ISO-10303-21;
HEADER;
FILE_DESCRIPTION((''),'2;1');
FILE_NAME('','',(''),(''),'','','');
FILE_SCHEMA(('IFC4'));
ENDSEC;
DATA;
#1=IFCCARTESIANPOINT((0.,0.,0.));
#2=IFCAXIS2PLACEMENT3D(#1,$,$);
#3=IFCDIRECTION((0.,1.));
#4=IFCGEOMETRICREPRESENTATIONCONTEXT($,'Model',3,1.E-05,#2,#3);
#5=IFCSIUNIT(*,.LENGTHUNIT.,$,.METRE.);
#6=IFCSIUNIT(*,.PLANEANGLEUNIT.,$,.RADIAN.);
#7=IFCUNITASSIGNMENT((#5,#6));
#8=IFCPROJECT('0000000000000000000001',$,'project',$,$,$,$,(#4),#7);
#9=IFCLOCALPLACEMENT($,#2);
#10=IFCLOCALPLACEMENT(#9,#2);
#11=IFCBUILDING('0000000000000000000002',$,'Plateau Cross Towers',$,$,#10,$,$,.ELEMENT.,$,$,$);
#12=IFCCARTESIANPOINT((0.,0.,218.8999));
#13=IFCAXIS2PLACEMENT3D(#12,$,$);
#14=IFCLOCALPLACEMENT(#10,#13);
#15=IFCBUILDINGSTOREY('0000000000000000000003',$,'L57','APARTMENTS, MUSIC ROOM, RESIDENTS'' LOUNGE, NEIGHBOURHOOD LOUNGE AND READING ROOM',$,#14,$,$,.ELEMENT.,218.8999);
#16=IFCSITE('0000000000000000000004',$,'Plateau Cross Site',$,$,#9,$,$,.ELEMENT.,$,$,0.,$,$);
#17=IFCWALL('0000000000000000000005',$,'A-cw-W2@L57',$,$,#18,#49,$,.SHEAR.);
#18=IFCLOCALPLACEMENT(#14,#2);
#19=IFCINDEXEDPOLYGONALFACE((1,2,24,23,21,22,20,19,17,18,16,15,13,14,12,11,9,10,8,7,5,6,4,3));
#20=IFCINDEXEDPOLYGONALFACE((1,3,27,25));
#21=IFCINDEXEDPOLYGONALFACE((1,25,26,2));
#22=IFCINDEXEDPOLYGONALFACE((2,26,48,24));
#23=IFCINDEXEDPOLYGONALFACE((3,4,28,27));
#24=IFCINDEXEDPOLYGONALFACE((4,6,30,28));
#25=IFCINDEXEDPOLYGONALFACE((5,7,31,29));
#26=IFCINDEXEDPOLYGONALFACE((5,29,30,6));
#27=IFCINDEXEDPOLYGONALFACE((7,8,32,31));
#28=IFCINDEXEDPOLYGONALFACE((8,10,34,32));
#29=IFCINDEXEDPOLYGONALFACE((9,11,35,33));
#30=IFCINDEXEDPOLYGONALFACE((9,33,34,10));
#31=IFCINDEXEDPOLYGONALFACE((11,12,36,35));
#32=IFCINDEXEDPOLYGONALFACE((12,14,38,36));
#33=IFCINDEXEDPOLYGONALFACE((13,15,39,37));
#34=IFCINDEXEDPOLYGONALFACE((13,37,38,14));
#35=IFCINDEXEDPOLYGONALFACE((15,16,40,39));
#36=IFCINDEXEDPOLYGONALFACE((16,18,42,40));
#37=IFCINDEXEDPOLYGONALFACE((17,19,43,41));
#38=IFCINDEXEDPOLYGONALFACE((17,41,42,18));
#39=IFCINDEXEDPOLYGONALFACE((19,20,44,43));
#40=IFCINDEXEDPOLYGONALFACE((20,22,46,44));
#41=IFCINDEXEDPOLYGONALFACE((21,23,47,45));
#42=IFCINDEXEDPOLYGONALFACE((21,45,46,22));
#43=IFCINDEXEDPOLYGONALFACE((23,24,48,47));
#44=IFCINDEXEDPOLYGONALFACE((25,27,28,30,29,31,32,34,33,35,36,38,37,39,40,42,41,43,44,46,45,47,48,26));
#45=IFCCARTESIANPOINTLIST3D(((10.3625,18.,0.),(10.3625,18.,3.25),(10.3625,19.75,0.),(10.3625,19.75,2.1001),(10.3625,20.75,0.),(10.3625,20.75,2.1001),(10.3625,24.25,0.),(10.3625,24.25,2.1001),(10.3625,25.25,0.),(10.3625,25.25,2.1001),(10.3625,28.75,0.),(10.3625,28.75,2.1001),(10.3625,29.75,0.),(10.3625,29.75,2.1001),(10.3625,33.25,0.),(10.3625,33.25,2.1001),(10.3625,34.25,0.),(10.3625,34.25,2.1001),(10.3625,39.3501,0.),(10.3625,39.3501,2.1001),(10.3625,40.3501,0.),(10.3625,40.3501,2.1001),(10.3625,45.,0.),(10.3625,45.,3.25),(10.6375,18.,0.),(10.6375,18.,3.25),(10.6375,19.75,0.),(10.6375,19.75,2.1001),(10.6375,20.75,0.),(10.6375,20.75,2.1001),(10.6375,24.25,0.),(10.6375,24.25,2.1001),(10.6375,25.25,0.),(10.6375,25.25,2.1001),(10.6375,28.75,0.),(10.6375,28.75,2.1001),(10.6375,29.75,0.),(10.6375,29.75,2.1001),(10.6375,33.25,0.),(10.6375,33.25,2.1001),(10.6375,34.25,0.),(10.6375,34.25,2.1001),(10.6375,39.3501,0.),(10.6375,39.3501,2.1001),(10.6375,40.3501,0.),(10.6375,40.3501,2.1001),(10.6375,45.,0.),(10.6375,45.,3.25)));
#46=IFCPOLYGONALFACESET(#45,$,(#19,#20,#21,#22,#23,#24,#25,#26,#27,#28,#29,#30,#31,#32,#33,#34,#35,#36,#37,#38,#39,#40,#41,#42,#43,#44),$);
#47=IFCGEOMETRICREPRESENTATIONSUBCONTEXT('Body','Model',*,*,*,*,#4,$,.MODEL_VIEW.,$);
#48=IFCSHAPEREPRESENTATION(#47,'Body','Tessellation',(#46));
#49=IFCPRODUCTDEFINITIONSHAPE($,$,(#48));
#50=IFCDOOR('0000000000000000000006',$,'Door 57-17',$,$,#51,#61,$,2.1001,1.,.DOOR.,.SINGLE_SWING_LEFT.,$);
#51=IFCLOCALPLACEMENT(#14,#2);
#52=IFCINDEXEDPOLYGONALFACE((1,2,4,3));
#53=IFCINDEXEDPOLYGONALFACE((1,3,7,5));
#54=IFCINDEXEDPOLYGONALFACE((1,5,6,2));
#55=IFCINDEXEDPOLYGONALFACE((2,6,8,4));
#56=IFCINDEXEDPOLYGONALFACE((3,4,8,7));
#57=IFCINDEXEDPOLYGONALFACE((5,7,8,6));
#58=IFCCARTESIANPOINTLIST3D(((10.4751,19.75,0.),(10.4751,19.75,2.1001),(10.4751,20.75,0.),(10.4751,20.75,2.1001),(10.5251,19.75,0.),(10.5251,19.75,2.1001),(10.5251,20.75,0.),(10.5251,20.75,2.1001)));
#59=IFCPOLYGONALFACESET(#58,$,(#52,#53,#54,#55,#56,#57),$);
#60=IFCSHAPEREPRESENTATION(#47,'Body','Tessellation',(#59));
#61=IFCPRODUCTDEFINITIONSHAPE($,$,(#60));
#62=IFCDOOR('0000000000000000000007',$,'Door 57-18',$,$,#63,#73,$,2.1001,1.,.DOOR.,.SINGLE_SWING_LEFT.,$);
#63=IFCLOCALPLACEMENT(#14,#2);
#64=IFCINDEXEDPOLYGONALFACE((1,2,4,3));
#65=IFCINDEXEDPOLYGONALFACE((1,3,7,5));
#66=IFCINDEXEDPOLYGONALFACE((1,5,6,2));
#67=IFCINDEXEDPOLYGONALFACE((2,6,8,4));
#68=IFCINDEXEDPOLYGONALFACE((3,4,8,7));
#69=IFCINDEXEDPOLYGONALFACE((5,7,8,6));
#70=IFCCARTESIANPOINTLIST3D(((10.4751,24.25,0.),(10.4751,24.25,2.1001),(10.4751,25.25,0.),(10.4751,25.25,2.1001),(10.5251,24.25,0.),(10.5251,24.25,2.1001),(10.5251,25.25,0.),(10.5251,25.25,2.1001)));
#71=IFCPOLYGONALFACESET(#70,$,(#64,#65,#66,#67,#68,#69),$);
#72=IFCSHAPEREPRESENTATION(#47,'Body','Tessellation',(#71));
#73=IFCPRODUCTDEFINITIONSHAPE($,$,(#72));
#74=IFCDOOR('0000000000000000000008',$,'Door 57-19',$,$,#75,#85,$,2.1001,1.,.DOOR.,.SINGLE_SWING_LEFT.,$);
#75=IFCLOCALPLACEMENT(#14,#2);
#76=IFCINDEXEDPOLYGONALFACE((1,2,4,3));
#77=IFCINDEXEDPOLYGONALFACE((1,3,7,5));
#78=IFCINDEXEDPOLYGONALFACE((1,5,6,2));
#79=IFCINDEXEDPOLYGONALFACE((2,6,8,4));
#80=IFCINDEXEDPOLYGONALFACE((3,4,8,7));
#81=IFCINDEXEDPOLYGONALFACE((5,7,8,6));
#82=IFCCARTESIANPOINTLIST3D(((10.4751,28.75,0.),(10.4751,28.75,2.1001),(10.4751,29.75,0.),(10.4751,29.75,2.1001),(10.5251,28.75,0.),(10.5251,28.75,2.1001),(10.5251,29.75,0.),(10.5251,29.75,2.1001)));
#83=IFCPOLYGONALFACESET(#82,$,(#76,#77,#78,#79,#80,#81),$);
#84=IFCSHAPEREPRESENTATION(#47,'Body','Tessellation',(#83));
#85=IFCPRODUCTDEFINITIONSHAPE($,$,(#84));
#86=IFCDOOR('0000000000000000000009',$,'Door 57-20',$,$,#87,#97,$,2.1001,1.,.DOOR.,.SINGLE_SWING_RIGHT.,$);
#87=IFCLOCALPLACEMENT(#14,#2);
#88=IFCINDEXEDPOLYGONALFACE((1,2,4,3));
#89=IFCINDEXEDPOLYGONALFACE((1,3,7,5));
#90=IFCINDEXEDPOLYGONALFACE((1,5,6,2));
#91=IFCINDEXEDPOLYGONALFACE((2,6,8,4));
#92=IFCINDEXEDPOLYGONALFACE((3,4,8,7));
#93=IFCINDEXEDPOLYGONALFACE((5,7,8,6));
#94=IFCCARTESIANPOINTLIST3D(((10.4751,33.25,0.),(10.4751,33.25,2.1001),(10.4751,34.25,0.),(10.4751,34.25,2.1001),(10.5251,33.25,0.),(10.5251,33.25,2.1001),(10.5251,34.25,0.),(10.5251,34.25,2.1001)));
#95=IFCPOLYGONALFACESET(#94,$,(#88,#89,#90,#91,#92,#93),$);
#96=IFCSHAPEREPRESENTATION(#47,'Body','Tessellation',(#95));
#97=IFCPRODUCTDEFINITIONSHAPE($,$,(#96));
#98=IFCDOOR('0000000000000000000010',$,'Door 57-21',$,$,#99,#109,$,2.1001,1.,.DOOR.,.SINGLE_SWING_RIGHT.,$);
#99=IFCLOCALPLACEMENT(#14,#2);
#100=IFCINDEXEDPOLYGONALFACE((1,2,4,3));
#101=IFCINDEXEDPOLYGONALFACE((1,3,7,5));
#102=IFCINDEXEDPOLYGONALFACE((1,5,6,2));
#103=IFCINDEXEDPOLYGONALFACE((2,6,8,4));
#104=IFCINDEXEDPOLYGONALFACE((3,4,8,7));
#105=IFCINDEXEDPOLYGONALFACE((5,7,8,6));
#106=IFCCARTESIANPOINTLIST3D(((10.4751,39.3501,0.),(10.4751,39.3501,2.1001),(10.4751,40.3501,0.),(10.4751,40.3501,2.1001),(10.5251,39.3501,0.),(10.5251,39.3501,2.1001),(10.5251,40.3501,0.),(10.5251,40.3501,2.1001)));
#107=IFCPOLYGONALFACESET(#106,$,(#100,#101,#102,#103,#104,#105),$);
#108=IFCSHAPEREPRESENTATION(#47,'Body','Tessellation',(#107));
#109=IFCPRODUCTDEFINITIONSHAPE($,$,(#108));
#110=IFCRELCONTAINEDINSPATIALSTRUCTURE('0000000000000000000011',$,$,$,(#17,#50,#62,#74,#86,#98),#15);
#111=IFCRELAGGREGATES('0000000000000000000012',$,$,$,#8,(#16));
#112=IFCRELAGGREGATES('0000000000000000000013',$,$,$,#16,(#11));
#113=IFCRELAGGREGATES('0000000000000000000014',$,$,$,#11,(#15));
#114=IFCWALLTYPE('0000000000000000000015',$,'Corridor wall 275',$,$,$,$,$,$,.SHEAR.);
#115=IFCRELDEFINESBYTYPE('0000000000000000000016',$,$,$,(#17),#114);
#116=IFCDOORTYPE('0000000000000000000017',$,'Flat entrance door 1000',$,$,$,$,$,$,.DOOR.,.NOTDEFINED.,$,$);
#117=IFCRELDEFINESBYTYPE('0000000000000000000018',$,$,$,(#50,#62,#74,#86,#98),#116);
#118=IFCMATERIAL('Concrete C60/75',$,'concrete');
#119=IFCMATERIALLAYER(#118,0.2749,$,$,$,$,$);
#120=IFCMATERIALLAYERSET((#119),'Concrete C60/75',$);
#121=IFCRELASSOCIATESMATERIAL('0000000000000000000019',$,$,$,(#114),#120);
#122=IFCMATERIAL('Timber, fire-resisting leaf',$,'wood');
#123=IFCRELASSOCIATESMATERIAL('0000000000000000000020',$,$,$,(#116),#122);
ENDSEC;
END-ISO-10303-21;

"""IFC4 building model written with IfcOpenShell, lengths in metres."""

from ifc_helpers import new_model, si_unit, direction, frame, frame_2d, origin, place, context, subcontext, project, spatial, rectangle, extrude, material, layer, layer_set, type_object, element, fill, save


model = new_model("IFC4")

# Units and contexts
model_context = context("Model", 3, precision=1e-05, world=origin(), true_north=direction((0.0, 1.0)))
body_context = subcontext(model_context, "Body", "Model", "MODEL_VIEW")
ifc_project = project(units=[si_unit("LENGTHUNIT", "METRE"), si_unit("PLANEANGLEUNIT", "RADIAN")], contexts=[model_context])

# Site, building, storey
site_placement = place(None, origin())
site = spatial("IfcSite", under=ifc_project, at=site_placement, Name="Plateau Cross Site", CompositionType="ELEMENT", RefElevation=0.0)
building_placement = place(site_placement, origin())
building = spatial("IfcBuilding", under=site, at=building_placement, Name="Plateau Cross Towers", CompositionType="ELEMENT")
storey_placement = place(building_placement, frame((0.0, 0.0, 218.8999)))
storey = spatial("IfcBuildingStorey", under=building, at=storey_placement, Name="L57", Description="APARTMENTS, MUSIC ROOM, RESIDENTS' LOUNGE, NEIGHBOURHOOD LOUNGE AND READING ROOM", CompositionType="ELEMENT", Elevation=218.8999)

# Wall, openings, doors
ifc_material_1 = material(Name="Concrete C60/75", Category="concrete")
ifc_layer_1 = layer(ifc_material_1, 0.2749)
ifc_layer_set_1 = layer_set([ifc_layer_1], Name="Concrete C60/75")
wall_type_1 = type_object("IfcWallType", Name="Corridor wall 275", PredefinedType="SHEAR", material=ifc_layer_set_1)
ifc_material_2 = material(Name="Timber, fire-resisting leaf", Category="wood")
door_type_1 = type_object("IfcDoorType", Name="Flat entrance door 1000", OperationType="NOTDEFINED", PredefinedType="DOOR", material=ifc_material_2)
wall_1_placement = place(storey_placement, frame((10.5, 18.0, 0.0), z_axis=(0.0, 0.0, 1.0), x_axis=(0.0, 1.0, 0.0)))
wall_1 = element("IfcWall", 1, at=wall_1_placement, inside=storey, type_object=wall_type_1, Name="A-cw-W2@L57", PredefinedType="SHEAR", context=body_context, shape_type="SweptSolid", body=[
    extrude(rectangle(XDim=27.0, YDim=0.2749, at=frame_2d((13.5, 0.0))), origin(), (0.0, 0.0, 1.0), 3.25),
])
opening_1_placement = place(wall_1_placement, frame((1.75, 0.0, 0.0)))
opening_1 = element("IfcOpeningElement", 2, at=opening_1_placement, cuts=wall_1, PredefinedType="OPENING", context=body_context, shape_type="SweptSolid", body=[
    extrude(rectangle(XDim=1.0, YDim=2.1001, at=frame_2d((0.5, 1.05))), frame((0.0, 0.1475, 0.0), z_axis=(0.0, -1.0, 0.0), x_axis=(1.0, 0.0, 0.0)), (0.0, 0.0, 1.0), 0.2949),
])
opening_2_placement = place(wall_1_placement, frame((6.25, 0.0, 0.0)))
opening_2 = element("IfcOpeningElement", 3, at=opening_2_placement, cuts=wall_1, PredefinedType="OPENING", context=body_context, shape_type="SweptSolid", body=[
    extrude(rectangle(XDim=1.0, YDim=2.1001, at=frame_2d((0.5, 1.05))), frame((0.0, 0.1475, 0.0), z_axis=(0.0, -1.0, 0.0), x_axis=(1.0, 0.0, 0.0)), (0.0, 0.0, 1.0), 0.2949),
])
opening_3_placement = place(wall_1_placement, frame((10.75, 0.0, 0.0)))
opening_3 = element("IfcOpeningElement", 4, at=opening_3_placement, cuts=wall_1, PredefinedType="OPENING", context=body_context, shape_type="SweptSolid", body=[
    extrude(rectangle(XDim=1.0, YDim=2.1001, at=frame_2d((0.5, 1.05))), frame((0.0, 0.1475, 0.0), z_axis=(0.0, -1.0, 0.0), x_axis=(1.0, 0.0, 0.0)), (0.0, 0.0, 1.0), 0.2949),
])
opening_4_placement = place(wall_1_placement, frame((15.25, 0.0, 0.0)))
opening_4 = element("IfcOpeningElement", 5, at=opening_4_placement, cuts=wall_1, PredefinedType="OPENING", context=body_context, shape_type="SweptSolid", body=[
    extrude(rectangle(XDim=1.0, YDim=2.1001, at=frame_2d((0.5, 1.05))), frame((0.0, 0.1475, 0.0), z_axis=(0.0, -1.0, 0.0), x_axis=(1.0, 0.0, 0.0)), (0.0, 0.0, 1.0), 0.2949),
])
opening_5_placement = place(wall_1_placement, frame((21.3501, 0.0, 0.0)))
opening_5 = element("IfcOpeningElement", 6, at=opening_5_placement, cuts=wall_1, PredefinedType="OPENING", context=body_context, shape_type="SweptSolid", body=[
    extrude(rectangle(XDim=1.0, YDim=2.1001, at=frame_2d((0.5, 1.05))), frame((0.0, 0.1475, 0.0), z_axis=(0.0, -1.0, 0.0), x_axis=(1.0, 0.0, 0.0)), (0.0, 0.0, 1.0), 0.2949),
])
door_1_placement = place(opening_1_placement, origin())
door_1 = element("IfcDoor", 7, at=door_1_placement, inside=storey, type_object=door_type_1, Name="Door 57-17", OperationType="SINGLE_SWING_LEFT", OverallHeight=2.1001, OverallWidth=1.0, PredefinedType="DOOR", context=body_context, shape_type="SweptSolid", body=[
    extrude(rectangle(XDim=1.0, YDim=2.1001, at=frame_2d((0.5, 1.05))), frame((0.0, 0.0249, 0.0), z_axis=(0.0, -1.0, 0.0), x_axis=(1.0, 0.0, 0.0)), (0.0, 0.0, 1.0), 0.05),
])
fill(opening_1, door_1)
door_2_placement = place(opening_2_placement, origin())
door_2 = element("IfcDoor", 8, at=door_2_placement, inside=storey, type_object=door_type_1, Name="Door 57-18", OperationType="SINGLE_SWING_LEFT", OverallHeight=2.1001, OverallWidth=1.0, PredefinedType="DOOR", context=body_context, shape_type="SweptSolid", body=[
    extrude(rectangle(XDim=1.0, YDim=2.1001, at=frame_2d((0.5, 1.05))), frame((0.0, 0.0249, 0.0), z_axis=(0.0, -1.0, 0.0), x_axis=(1.0, 0.0, 0.0)), (0.0, 0.0, 1.0), 0.05),
])
fill(opening_2, door_2)
door_3_placement = place(opening_3_placement, origin())
door_3 = element("IfcDoor", 9, at=door_3_placement, inside=storey, type_object=door_type_1, Name="Door 57-19", OperationType="SINGLE_SWING_LEFT", OverallHeight=2.1001, OverallWidth=1.0, PredefinedType="DOOR", context=body_context, shape_type="SweptSolid", body=[
    extrude(rectangle(XDim=1.0, YDim=2.1001, at=frame_2d((0.5, 1.05))), frame((0.0, 0.0249, 0.0), z_axis=(0.0, -1.0, 0.0), x_axis=(1.0, 0.0, 0.0)), (0.0, 0.0, 1.0), 0.05),
])
fill(opening_3, door_3)
door_4_placement = place(opening_4_placement, origin())
door_4 = element("IfcDoor", 10, at=door_4_placement, inside=storey, type_object=door_type_1, Name="Door 57-20", OperationType="SINGLE_SWING_RIGHT", OverallHeight=2.1001, OverallWidth=1.0, PredefinedType="DOOR", context=body_context, shape_type="SweptSolid", body=[
    extrude(rectangle(XDim=1.0, YDim=2.1001, at=frame_2d((0.5, 1.05))), frame((0.0, 0.0249, 0.0), z_axis=(0.0, -1.0, 0.0), x_axis=(1.0, 0.0, 0.0)), (0.0, 0.0, 1.0), 0.05),
])
fill(opening_4, door_4)
door_5_placement = place(opening_5_placement, origin())
door_5 = element("IfcDoor", 11, at=door_5_placement, inside=storey, type_object=door_type_1, Name="Door 57-21", OperationType="SINGLE_SWING_RIGHT", OverallHeight=2.1001, OverallWidth=1.0, PredefinedType="DOOR", context=body_context, shape_type="SweptSolid", body=[
    extrude(rectangle(XDim=1.0, YDim=2.1001, at=frame_2d((0.5, 1.05))), frame((0.0, 0.0249, 0.0), z_axis=(0.0, -1.0, 0.0), x_axis=(1.0, 0.0, 0.0)), (0.0, 0.0, 1.0), 0.05),
])
fill(opening_5, door_5)

save(model, "model.ifc")
